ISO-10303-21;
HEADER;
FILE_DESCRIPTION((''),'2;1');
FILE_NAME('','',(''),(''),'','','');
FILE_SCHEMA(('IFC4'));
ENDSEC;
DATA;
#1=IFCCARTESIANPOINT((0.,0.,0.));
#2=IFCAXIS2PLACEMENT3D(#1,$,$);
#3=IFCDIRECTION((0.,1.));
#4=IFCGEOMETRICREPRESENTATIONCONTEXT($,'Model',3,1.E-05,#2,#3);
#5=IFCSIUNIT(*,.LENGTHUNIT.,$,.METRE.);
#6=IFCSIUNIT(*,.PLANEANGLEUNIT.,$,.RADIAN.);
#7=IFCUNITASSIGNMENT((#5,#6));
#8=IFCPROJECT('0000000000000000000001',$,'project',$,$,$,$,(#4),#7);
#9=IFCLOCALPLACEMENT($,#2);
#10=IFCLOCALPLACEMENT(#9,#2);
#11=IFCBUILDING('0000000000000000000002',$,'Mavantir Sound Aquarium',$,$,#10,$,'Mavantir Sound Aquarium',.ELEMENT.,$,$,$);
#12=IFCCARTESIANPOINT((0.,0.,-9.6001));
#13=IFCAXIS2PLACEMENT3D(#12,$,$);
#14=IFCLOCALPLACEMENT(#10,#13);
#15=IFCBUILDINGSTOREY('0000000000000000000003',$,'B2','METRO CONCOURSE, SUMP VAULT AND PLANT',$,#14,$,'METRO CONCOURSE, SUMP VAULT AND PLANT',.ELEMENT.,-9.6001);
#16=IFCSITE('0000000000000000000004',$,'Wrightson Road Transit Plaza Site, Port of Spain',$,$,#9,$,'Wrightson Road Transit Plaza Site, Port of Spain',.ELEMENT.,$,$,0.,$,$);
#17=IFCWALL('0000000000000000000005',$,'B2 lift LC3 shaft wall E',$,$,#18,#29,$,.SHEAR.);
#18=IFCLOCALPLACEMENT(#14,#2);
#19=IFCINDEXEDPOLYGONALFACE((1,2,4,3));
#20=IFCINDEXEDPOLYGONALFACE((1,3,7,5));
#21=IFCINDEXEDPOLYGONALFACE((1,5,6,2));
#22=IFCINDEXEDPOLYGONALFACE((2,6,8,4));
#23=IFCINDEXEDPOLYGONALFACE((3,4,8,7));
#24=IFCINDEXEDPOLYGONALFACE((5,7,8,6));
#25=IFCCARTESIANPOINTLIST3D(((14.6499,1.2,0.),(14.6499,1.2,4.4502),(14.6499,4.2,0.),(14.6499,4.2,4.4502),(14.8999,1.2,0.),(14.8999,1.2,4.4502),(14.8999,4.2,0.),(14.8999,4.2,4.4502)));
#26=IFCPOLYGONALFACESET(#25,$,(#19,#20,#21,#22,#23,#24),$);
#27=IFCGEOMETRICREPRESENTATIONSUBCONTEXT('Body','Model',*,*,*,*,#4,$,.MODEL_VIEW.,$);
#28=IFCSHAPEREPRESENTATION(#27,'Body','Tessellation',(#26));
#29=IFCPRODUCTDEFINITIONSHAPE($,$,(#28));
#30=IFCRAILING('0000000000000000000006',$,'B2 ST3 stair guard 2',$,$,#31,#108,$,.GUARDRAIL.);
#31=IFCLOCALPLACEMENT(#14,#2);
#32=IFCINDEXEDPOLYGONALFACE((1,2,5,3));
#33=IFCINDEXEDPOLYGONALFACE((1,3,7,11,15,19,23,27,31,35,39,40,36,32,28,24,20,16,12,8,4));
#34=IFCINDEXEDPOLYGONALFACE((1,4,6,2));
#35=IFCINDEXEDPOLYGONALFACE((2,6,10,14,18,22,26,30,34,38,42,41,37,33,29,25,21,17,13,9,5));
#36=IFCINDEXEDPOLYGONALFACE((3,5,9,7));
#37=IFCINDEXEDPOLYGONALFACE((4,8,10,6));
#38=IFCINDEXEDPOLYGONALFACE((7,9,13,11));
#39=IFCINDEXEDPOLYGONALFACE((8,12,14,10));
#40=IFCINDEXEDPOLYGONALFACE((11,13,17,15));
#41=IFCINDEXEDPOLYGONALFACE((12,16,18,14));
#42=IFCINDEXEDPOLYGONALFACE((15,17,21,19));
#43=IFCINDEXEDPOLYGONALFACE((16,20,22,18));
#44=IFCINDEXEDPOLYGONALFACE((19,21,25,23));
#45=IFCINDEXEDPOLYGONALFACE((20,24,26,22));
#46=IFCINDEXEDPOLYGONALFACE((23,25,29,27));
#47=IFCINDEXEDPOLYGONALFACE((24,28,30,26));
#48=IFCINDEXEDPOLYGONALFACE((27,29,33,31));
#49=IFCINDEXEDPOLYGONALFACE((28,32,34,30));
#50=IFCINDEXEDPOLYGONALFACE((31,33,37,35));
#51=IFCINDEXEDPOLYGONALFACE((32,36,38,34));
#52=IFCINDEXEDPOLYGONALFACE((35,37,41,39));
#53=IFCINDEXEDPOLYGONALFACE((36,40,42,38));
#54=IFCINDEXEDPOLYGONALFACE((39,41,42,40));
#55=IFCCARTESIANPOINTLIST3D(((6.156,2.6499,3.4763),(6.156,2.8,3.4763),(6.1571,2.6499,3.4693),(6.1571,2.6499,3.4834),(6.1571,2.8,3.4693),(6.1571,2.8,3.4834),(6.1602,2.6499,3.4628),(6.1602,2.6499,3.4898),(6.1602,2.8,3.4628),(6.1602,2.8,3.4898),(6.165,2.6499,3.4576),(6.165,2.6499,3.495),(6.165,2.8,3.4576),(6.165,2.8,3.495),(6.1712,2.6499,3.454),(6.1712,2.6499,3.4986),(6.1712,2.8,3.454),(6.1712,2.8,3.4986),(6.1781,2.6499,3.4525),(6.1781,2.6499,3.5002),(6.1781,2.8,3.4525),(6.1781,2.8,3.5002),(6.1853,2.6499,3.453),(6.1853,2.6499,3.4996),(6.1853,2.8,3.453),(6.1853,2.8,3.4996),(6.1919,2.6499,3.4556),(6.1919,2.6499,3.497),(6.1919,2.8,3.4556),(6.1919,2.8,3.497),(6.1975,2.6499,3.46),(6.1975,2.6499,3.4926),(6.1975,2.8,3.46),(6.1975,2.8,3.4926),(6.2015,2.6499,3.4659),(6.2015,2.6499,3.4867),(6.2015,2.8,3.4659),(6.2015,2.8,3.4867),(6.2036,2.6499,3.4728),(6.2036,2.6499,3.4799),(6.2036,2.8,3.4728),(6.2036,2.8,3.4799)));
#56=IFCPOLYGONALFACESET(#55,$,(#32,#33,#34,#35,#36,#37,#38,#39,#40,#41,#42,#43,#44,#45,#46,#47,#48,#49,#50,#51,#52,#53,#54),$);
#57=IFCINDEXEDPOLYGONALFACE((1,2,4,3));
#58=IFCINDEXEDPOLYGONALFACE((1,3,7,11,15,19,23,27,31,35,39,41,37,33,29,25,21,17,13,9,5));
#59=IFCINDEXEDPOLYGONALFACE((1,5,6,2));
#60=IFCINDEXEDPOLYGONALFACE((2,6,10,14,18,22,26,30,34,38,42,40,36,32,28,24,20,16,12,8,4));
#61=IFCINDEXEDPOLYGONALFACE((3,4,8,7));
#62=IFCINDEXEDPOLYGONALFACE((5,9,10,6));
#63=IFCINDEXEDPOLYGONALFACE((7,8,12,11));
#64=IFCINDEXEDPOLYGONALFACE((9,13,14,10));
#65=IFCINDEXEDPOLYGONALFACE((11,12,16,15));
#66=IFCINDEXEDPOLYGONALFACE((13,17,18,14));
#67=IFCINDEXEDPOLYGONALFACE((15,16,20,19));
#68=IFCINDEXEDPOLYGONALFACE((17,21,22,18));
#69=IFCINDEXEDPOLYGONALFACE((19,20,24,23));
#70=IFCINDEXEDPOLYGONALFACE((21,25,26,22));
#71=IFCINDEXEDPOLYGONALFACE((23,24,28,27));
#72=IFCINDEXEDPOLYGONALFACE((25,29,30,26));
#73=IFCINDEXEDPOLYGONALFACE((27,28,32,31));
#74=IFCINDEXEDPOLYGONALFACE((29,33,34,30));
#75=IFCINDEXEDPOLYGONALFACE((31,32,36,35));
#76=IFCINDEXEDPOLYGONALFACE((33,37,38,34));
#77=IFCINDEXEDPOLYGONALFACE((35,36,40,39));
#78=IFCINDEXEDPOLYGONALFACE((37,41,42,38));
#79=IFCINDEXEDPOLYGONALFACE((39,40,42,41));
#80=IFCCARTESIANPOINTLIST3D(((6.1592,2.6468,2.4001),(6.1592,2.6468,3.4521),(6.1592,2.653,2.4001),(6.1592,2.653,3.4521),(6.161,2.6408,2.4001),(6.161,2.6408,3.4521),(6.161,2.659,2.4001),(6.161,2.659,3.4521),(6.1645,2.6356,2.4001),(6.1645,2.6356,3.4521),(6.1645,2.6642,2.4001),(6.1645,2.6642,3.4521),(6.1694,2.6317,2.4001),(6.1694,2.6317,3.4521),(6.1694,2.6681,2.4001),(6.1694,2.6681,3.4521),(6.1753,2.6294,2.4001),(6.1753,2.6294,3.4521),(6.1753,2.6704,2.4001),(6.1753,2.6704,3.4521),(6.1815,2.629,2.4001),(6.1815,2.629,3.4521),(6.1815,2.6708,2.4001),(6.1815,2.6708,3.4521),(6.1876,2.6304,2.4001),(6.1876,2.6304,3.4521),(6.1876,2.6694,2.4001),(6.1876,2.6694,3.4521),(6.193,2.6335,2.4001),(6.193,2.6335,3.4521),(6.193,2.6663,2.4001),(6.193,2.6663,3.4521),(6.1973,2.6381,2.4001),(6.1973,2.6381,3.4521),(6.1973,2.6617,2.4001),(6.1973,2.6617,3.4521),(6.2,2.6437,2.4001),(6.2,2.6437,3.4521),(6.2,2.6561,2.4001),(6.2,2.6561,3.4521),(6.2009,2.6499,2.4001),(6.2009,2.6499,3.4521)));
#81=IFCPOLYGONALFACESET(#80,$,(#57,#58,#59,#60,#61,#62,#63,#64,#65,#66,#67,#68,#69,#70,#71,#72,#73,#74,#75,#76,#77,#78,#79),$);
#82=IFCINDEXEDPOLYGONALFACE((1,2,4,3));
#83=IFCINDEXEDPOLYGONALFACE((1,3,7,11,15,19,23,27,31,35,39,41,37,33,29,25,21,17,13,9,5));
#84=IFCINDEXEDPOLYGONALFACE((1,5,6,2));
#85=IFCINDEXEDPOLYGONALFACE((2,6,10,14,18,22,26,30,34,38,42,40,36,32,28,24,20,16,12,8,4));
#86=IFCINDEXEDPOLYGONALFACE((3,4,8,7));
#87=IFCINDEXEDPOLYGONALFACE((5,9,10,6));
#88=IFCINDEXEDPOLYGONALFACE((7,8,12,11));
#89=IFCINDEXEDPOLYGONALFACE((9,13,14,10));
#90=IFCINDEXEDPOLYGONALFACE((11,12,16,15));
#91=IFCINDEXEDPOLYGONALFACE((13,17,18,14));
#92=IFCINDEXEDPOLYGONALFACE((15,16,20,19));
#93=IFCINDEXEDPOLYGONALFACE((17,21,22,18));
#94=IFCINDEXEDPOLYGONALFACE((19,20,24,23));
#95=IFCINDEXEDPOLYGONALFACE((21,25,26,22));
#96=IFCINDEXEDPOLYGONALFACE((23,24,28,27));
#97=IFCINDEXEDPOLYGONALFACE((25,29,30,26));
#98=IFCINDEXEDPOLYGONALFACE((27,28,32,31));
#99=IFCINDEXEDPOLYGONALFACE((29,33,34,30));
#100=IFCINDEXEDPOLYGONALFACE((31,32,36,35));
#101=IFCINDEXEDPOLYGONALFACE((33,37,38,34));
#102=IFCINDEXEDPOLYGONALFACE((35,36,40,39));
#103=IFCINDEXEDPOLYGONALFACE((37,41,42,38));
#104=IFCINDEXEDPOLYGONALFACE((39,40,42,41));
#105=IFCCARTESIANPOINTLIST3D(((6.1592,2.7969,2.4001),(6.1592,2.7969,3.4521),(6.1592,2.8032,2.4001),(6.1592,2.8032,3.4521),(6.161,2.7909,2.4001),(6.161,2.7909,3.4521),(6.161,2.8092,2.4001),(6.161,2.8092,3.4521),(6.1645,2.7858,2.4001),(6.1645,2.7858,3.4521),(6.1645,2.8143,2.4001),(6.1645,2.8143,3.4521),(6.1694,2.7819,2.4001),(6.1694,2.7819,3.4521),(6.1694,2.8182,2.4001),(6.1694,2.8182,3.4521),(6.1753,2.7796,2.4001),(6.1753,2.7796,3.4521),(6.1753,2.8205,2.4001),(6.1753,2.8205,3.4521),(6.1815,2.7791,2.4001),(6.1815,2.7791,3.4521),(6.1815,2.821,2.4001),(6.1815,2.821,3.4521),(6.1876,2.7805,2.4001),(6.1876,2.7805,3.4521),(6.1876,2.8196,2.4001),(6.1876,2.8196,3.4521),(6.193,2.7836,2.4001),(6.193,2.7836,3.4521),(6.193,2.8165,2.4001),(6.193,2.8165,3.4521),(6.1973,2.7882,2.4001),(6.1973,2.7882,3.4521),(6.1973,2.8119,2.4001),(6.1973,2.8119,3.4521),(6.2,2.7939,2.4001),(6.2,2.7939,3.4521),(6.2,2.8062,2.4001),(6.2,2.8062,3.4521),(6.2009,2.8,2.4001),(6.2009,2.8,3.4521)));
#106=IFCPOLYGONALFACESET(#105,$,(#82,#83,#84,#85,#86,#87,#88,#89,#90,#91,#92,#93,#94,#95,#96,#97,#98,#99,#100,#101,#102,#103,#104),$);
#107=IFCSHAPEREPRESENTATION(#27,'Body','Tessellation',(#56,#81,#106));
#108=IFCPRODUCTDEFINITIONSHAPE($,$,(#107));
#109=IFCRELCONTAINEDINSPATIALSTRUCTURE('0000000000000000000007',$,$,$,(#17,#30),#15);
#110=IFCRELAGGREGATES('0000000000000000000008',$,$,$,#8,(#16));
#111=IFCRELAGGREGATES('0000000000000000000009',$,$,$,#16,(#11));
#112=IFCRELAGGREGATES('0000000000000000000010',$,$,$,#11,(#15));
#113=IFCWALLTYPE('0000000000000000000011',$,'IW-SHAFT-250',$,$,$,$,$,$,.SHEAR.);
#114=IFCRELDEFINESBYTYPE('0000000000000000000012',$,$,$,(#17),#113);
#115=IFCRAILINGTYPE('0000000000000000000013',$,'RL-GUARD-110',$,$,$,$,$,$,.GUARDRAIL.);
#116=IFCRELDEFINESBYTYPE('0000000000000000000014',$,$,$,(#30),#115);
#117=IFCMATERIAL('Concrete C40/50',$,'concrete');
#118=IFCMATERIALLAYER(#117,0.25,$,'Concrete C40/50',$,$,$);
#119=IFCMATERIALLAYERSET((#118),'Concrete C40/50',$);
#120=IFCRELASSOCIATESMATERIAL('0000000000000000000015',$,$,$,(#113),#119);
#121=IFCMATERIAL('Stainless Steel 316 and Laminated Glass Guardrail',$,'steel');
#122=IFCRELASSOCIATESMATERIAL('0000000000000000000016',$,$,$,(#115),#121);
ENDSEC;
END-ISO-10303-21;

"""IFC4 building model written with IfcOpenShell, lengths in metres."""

from ifc_helpers import new_model, si_unit, direction, frame, frame_2d, origin, origin_2d, place, context, subcontext, project, spatial, rectangle, circle, extrude, material, layer, layer_set, type_object, element, save


model = new_model("IFC4")

# Units and contexts
model_context = context("Model", 3, precision=1e-05, world=origin(), true_north=direction((0.0, 1.0)))
body_context = subcontext(model_context, "Body", "Model", "MODEL_VIEW")
ifc_project = project(units=[si_unit("LENGTHUNIT", "METRE"), si_unit("PLANEANGLEUNIT", "RADIAN")], contexts=[model_context])

# Site, building, storey
site_placement = place(None, origin())
site = spatial("IfcSite", under=ifc_project, at=site_placement, Name="Wrightson Road Transit Plaza Site, Port of Spain", LongName="Wrightson Road Transit Plaza Site, Port of Spain", CompositionType="ELEMENT", RefElevation=0.0)
building_placement = place(site_placement, origin())
building = spatial("IfcBuilding", under=site, at=building_placement, Name="Mavantir Sound Aquarium", LongName="Mavantir Sound Aquarium", CompositionType="ELEMENT")
storey_placement = place(building_placement, frame((0.0, 0.0, -9.6001)))
storey = spatial("IfcBuildingStorey", under=building, at=storey_placement, Name="B2", Description="METRO CONCOURSE, SUMP VAULT AND PLANT", LongName="METRO CONCOURSE, SUMP VAULT AND PLANT", CompositionType="ELEMENT", Elevation=-9.6001)

# Shared definitions
ifc_material_1 = material(Name="Concrete C40/50", Category="concrete")

# Shared definitions
ifc_layer = layer(ifc_material_1, 0.25, Name="Concrete C40/50")
ifc_layer_set = layer_set([ifc_layer], Name="Concrete C40/50")
wall_type = type_object("IfcWallType", Name="IW-SHAFT-250", PredefinedType="SHEAR", material=ifc_layer_set)

# Wall
for number, where, z_axis, x_axis, name in (
    (1, (14.7749, 1.2, 0.0), (0.0, 0.0, 1.0), (0.0, 1.0, 0.0), "B2 lift LC3 shaft wall E"),
):
    element("IfcWall", number, at=place(storey_placement, frame(where, z_axis=z_axis, x_axis=x_axis)), inside=storey, type_object=wall_type, Name=name, PredefinedType="SHEAR", context=body_context, shape_type="SweptSolid", body=[
        extrude(rectangle(XDim=3.0, YDim=0.25, at=frame_2d((1.5, 0.0))), origin(), (0.0, 0.0, 1.0), 4.4502),
    ])

# Railing
ifc_material_2 = material(Name="Stainless Steel 316 and Laminated Glass Guardrail", Category="steel")
railing_type = type_object("IfcRailingType", Name="RL-GUARD-110", PredefinedType="GUARDRAIL", material=ifc_material_2)
railing_placement = place(storey_placement, frame((6.1799, 2.6499, 2.4001)))
element("IfcRailing", 2, at=railing_placement, inside=storey, type_object=railing_type, Name="B2 ST3 stair guard 2", PredefinedType="GUARDRAIL", context=body_context, shape_type="SweptSolid", body=[
    extrude(circle(Radius=0.0239, at=origin_2d()), frame((0.0, 0.0, 1.0762), z_axis=(0.0, 1.0, 0.0), x_axis=(-1.0, 0.0, 0.0)), (0.0, 0.0, 1.0), 0.1501),
    extrude(circle(Radius=0.021, at=origin_2d()), origin(), (0.0, 0.0, 1.0), 1.052),
    extrude(circle(Radius=0.021, at=origin_2d()), frame((0.0, 0.1501, 0.0)), (0.0, 0.0, 1.0), 1.052),
])

save(model, "model.ifc")
